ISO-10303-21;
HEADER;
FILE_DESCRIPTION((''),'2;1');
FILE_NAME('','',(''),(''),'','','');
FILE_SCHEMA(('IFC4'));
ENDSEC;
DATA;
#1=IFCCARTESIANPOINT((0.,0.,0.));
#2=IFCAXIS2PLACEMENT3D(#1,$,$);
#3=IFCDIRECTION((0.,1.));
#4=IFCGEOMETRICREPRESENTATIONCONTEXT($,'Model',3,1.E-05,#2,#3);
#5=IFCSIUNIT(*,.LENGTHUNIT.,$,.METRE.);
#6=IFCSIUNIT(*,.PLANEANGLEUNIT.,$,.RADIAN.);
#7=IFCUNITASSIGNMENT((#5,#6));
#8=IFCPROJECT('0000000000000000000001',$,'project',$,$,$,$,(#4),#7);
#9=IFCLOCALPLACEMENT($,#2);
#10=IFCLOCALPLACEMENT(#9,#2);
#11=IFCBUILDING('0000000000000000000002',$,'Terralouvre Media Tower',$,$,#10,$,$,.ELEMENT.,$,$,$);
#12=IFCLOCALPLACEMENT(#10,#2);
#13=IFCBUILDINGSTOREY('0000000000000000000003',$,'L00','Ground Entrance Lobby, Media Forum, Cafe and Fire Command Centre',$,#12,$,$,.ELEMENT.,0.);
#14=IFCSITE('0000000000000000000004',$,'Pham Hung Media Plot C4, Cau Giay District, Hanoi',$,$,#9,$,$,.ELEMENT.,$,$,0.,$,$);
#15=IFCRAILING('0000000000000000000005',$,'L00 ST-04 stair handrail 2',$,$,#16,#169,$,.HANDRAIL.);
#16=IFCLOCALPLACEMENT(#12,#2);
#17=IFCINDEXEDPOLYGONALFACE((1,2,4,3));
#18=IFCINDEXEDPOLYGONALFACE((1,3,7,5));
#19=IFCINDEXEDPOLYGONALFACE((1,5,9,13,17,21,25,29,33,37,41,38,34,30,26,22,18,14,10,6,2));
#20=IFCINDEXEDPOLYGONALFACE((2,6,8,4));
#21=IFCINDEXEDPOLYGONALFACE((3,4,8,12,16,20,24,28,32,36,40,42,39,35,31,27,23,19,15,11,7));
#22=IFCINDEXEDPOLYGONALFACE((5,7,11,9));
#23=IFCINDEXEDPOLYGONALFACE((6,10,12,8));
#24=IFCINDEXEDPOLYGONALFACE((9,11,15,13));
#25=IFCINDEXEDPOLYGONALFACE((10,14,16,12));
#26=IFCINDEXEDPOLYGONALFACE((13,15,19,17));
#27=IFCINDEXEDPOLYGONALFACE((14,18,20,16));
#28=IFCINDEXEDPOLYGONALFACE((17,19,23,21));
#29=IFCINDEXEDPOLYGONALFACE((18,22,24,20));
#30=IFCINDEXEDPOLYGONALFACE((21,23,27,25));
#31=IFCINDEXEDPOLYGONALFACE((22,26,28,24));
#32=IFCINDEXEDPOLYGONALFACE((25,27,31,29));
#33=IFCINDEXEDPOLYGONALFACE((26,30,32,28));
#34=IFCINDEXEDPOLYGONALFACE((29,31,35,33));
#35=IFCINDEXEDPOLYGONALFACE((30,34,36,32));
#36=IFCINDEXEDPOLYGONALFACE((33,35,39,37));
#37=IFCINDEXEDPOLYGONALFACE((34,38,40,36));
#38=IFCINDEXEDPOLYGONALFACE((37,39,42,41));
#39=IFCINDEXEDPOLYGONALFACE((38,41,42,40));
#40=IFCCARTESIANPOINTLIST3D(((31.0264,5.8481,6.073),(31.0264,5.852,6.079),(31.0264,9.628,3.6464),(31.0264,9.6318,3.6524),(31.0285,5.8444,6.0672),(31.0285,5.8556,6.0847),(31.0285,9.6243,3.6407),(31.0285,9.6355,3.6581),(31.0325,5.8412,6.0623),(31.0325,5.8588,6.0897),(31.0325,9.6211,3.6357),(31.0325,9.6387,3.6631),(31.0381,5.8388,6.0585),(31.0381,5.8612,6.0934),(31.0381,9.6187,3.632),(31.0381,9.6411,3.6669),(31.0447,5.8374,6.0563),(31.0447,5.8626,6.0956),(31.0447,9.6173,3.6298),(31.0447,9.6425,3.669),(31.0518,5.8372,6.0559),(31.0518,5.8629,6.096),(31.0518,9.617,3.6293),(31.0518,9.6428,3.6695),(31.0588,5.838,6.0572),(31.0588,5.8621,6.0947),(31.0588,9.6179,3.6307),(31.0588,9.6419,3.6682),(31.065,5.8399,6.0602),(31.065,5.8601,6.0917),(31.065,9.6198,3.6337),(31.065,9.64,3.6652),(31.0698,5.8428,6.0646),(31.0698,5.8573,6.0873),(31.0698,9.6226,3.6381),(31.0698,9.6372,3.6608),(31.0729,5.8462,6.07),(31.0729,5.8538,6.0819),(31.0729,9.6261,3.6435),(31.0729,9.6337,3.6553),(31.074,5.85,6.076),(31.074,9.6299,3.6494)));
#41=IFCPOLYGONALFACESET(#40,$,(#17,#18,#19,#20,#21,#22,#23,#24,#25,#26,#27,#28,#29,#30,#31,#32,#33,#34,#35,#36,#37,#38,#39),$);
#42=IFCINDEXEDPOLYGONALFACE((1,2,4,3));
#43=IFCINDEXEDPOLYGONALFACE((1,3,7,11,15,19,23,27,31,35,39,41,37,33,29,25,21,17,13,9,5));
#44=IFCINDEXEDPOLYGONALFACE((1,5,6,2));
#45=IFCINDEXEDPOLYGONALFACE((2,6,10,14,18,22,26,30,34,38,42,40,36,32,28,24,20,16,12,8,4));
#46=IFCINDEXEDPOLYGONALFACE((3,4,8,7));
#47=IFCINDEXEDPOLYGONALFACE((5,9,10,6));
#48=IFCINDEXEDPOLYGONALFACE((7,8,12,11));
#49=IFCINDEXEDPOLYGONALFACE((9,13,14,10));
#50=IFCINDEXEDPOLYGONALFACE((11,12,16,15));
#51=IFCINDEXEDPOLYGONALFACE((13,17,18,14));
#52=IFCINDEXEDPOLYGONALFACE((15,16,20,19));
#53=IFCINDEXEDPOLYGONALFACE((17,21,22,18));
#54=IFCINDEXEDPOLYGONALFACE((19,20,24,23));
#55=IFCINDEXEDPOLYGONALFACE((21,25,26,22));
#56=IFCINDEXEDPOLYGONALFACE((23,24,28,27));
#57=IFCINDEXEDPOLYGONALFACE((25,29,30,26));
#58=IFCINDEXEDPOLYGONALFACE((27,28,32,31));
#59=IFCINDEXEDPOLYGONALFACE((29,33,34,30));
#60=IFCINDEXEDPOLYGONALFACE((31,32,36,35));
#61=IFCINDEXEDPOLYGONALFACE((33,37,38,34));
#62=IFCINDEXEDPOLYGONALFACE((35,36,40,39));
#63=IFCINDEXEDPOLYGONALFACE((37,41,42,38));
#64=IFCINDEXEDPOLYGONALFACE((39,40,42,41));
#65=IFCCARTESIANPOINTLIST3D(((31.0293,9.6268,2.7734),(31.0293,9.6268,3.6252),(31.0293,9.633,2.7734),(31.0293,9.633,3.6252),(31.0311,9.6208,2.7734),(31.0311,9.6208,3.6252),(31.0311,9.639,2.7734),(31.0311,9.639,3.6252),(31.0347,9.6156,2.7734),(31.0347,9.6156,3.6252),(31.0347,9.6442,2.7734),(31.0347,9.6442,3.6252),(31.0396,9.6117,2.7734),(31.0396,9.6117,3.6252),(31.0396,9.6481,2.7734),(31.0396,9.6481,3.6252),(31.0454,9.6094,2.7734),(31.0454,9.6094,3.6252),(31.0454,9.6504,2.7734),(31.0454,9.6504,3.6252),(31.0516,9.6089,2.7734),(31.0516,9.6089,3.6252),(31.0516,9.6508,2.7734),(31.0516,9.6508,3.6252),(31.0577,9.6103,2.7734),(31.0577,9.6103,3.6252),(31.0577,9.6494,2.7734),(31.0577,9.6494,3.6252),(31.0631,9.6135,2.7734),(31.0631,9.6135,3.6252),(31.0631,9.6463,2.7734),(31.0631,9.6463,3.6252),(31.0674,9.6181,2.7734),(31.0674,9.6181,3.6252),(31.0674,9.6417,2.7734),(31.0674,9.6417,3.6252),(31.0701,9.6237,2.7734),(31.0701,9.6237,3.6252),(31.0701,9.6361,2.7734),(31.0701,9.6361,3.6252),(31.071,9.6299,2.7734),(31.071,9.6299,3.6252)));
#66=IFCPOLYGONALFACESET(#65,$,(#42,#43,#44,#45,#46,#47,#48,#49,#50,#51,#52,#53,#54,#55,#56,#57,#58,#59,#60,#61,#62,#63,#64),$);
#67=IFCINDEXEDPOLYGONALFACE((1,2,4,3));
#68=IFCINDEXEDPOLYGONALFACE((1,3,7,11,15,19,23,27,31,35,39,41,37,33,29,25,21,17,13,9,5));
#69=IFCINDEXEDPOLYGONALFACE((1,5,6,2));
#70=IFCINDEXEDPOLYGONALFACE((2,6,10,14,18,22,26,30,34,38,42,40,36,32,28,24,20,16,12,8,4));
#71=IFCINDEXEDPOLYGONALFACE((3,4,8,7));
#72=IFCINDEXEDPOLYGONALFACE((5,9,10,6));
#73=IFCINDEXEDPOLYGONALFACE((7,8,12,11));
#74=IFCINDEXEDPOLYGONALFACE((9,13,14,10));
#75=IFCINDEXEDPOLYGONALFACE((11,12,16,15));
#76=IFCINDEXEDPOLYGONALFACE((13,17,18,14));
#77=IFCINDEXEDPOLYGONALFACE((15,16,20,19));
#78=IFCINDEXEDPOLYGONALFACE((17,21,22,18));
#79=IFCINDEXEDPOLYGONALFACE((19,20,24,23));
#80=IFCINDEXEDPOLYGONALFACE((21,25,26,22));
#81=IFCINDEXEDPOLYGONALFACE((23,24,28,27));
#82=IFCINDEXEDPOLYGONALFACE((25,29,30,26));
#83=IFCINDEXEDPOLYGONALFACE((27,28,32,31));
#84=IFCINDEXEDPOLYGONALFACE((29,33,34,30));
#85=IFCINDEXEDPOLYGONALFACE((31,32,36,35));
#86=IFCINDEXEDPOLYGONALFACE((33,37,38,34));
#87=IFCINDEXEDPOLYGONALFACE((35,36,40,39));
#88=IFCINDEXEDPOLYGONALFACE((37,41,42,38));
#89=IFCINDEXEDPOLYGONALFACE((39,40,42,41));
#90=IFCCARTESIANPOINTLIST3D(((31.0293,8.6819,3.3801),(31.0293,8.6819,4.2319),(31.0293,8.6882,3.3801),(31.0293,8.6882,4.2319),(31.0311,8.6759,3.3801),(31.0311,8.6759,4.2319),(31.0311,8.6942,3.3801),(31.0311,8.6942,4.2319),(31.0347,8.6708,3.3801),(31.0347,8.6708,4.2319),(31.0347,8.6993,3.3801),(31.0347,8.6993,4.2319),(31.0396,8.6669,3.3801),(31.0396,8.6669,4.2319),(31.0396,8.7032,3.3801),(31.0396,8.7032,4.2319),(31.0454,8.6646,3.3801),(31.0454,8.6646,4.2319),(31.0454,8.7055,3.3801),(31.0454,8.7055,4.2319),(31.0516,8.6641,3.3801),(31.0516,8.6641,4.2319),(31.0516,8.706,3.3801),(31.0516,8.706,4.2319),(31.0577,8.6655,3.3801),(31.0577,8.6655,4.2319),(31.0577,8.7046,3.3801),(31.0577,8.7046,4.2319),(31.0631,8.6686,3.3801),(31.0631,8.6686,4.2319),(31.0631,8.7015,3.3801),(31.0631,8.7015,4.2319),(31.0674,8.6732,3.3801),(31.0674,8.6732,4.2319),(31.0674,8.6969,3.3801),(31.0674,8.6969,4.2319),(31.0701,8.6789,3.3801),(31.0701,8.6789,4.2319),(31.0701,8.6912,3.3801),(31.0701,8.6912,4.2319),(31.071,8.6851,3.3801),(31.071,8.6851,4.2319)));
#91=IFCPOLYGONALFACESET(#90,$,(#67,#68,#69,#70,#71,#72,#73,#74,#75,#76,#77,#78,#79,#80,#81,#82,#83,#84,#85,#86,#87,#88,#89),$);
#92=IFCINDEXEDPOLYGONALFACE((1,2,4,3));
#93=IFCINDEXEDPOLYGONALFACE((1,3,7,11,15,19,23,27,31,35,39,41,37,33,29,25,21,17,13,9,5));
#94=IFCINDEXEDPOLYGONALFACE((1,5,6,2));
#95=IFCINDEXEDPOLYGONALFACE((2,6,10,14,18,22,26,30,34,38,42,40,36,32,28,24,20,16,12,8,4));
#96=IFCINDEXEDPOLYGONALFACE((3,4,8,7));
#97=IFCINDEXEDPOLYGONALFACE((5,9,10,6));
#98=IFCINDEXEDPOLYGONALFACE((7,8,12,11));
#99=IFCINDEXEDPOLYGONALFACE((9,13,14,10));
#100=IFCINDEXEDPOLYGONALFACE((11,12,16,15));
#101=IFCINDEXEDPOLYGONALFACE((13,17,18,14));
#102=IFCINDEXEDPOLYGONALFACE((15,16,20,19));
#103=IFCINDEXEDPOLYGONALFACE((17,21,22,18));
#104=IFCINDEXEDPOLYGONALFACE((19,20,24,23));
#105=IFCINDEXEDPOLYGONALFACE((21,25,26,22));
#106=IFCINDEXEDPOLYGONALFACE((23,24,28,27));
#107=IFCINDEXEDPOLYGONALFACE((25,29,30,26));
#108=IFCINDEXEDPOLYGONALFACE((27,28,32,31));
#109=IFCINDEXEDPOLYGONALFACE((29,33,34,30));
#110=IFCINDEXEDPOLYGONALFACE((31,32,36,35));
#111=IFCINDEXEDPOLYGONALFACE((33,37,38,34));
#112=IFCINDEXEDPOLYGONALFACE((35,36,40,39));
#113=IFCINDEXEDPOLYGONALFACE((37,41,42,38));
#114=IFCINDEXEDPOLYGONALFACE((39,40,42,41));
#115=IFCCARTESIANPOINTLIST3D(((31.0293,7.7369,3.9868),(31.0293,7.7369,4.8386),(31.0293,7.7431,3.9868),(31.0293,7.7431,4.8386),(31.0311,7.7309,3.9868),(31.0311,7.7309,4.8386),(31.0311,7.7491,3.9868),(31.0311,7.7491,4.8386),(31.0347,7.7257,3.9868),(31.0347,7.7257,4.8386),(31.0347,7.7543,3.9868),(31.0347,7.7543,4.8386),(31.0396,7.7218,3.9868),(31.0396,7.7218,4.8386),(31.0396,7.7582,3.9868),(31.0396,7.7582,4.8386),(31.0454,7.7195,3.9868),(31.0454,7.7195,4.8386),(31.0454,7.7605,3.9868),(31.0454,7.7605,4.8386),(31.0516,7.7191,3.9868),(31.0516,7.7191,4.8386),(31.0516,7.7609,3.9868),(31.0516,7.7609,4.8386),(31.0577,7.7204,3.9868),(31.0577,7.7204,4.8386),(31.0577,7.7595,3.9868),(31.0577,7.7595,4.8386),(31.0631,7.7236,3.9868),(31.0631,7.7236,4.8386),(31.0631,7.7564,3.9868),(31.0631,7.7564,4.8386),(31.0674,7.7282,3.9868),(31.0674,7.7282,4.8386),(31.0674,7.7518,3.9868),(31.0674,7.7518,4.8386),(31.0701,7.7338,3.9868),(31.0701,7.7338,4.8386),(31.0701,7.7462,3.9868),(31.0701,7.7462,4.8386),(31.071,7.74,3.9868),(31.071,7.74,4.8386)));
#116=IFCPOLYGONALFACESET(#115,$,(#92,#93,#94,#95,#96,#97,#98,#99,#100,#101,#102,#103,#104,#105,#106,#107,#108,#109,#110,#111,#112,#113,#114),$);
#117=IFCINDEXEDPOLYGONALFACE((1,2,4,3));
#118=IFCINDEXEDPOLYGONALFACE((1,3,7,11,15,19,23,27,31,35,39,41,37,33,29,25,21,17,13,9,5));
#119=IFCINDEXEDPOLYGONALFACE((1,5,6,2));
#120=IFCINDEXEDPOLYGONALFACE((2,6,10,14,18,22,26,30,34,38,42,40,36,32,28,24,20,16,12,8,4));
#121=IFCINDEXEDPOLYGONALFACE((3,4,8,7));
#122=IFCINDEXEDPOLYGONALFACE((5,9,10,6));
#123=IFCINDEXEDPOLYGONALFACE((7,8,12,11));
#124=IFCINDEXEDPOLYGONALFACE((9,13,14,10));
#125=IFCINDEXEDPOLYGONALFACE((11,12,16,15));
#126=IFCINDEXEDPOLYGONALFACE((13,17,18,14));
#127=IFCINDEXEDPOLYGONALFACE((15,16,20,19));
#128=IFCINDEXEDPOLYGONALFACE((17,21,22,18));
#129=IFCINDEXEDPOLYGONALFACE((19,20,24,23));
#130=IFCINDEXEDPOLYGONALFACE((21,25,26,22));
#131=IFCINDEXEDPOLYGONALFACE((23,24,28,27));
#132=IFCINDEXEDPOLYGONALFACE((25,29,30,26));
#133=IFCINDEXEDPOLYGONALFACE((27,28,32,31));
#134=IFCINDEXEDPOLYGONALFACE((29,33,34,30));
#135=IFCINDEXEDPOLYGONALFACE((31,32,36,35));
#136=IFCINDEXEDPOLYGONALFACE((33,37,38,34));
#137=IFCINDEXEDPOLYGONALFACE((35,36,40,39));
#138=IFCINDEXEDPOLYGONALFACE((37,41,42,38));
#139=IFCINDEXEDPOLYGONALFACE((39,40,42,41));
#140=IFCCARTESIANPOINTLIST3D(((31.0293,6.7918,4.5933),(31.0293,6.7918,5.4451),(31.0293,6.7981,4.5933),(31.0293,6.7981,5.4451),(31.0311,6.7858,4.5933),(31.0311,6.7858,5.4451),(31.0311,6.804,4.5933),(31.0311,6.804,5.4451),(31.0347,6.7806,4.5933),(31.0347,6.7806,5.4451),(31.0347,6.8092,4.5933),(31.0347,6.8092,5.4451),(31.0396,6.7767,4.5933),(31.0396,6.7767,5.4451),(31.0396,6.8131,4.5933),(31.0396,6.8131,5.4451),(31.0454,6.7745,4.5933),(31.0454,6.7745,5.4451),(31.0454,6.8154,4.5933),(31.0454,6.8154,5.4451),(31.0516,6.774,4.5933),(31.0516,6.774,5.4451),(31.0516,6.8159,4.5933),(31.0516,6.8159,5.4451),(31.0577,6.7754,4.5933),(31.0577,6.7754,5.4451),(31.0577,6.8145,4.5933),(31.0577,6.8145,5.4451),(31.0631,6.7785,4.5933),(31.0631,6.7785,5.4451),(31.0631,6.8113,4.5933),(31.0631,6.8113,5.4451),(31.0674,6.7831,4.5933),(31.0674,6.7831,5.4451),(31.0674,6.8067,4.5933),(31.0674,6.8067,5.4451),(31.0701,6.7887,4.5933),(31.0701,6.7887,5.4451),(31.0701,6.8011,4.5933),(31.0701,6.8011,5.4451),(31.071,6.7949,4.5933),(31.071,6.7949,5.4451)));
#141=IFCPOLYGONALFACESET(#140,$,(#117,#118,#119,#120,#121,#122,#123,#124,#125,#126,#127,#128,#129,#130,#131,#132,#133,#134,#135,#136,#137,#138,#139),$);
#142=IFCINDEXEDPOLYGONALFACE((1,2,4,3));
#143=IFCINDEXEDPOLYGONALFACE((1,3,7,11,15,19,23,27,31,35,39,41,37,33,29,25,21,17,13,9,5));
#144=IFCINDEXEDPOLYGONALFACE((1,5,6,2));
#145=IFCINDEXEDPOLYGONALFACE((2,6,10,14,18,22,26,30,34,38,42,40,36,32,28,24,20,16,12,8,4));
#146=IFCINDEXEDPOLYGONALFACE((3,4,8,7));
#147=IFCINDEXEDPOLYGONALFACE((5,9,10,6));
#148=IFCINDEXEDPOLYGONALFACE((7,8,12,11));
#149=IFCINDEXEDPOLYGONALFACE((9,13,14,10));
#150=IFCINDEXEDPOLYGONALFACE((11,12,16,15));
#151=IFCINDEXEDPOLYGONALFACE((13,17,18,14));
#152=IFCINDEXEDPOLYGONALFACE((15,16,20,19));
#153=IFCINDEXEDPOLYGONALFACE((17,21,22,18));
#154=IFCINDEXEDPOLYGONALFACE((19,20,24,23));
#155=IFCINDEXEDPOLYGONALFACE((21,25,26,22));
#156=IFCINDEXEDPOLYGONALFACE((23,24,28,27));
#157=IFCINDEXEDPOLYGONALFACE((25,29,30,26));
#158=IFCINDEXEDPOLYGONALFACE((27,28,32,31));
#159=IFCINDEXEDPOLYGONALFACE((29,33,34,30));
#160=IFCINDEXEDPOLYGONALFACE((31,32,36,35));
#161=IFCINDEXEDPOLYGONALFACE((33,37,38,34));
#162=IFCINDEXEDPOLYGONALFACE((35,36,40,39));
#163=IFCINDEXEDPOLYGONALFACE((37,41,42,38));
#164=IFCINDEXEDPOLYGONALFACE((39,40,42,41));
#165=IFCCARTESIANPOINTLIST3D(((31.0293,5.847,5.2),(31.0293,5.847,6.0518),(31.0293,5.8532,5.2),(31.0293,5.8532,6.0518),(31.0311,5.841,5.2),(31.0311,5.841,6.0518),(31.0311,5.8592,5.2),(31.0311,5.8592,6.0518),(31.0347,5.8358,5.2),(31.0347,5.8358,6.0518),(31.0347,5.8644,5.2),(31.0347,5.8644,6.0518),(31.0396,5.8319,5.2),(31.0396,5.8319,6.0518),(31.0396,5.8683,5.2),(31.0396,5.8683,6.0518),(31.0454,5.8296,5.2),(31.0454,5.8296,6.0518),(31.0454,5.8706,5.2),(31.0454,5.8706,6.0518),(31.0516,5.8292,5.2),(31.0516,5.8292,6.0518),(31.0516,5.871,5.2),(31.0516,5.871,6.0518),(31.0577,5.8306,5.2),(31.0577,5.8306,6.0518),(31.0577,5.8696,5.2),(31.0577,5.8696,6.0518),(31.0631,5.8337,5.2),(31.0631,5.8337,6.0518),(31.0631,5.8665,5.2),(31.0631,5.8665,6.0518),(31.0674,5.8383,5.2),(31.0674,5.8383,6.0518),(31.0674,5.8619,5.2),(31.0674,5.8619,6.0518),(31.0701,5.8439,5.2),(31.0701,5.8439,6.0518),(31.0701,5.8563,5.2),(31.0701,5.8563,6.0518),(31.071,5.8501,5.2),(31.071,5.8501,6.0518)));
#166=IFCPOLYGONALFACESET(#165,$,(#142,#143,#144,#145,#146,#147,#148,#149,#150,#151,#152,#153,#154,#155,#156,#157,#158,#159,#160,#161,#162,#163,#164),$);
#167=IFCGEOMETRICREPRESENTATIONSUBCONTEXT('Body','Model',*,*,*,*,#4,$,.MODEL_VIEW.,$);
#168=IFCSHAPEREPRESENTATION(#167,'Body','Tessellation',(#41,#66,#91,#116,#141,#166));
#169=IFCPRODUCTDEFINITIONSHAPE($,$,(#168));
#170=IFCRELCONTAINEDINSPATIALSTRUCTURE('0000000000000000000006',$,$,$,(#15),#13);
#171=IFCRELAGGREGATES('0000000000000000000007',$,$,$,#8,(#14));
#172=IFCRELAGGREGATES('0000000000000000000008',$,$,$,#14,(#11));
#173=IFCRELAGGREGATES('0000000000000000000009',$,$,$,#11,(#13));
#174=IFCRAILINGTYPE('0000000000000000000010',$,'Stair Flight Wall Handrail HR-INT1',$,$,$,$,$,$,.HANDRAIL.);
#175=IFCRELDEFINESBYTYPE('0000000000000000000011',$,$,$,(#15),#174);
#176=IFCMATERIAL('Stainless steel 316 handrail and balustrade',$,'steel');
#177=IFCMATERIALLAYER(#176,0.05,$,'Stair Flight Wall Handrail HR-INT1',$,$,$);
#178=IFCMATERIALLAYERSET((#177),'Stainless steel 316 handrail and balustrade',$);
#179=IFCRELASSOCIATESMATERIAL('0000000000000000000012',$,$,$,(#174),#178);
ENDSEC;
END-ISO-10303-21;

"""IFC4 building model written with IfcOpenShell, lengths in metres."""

from ifc_helpers import new_model, si_unit, direction, frame, origin, origin_2d, place, context, subcontext, project, spatial, circle, extrude, material, layer, layer_set, type_object, element, save


model = new_model("IFC4")

# Units and contexts
model_context = context("Model", 3, precision=1e-05, world=origin(), true_north=direction((0.0, 1.0)))
body_context = subcontext(model_context, "Body", "Model", "MODEL_VIEW")
ifc_project = project(units=[si_unit("LENGTHUNIT", "METRE"), si_unit("PLANEANGLEUNIT", "RADIAN")], contexts=[model_context])

# Site, building, storey
site_placement = place(None, origin())
site = spatial("IfcSite", under=ifc_project, at=site_placement, Name="Pham Hung Media Plot C4, Cau Giay District, Hanoi", CompositionType="ELEMENT", RefElevation=0.0)
building_placement = place(site_placement, origin())
building = spatial("IfcBuilding", under=site, at=building_placement, Name="Terralouvre Media Tower", CompositionType="ELEMENT")
storey_placement = place(building_placement, origin())
storey = spatial("IfcBuildingStorey", under=building, at=storey_placement, Name="L00", Description="Ground Entrance Lobby, Media Forum, Cafe and Fire Command Centre", CompositionType="ELEMENT", Elevation=0.0)

# Railing
ifc_material_1 = material(Name="Stainless steel 316 handrail and balustrade", Category="steel")
ifc_layer_1 = layer(ifc_material_1, 0.05, Name="Stair Flight Wall Handrail HR-INT1")
ifc_layer_set_1 = layer_set([ifc_layer_1], Name="Stainless steel 316 handrail and balustrade")
railing_type_1 = type_object("IfcRailingType", Name="Stair Flight Wall Handrail HR-INT1", PredefinedType="HANDRAIL", material=ifc_layer_set_1)
railing_1_placement = place(storey_placement, frame((31.05, 9.6299, 2.7734)))
element("IfcRailing", 1, at=railing_1_placement, inside=storey, type_object=railing_type_1, Name="L00 ST-04 stair handrail 2", PredefinedType="HANDRAIL", context=body_context, shape_type="SweptSolid", body=[
    extrude(circle(Radius=0.0239, at=origin_2d()), frame((0.0, 0.0, 0.876), z_axis=(0.0, -0.841517, 0.54023), x_axis=(1.0, 0.0, 0.0)), (0.0, 0.0, 1.0), 4.4917),
    extrude(circle(Radius=0.021, at=origin_2d()), origin(), (0.0, 0.0, 1.0), 0.8518),
    extrude(circle(Radius=0.021, at=origin_2d()), frame((0.0, -0.9448, 0.6067)), (0.0, 0.0, 1.0), 0.8518),
    extrude(circle(Radius=0.021, at=origin_2d()), frame((0.0, -1.8899, 1.2134)), (0.0, 0.0, 1.0), 0.8518),
    extrude(circle(Radius=0.021, at=origin_2d()), frame((0.0, -2.835, 1.8198)), (0.0, 0.0, 1.0), 0.8518),
    extrude(circle(Radius=0.021, at=origin_2d()), frame((0.0, -3.7798, 2.4265)), (0.0, 0.0, 1.0), 0.8518),
])

save(model, "model.ifc")
